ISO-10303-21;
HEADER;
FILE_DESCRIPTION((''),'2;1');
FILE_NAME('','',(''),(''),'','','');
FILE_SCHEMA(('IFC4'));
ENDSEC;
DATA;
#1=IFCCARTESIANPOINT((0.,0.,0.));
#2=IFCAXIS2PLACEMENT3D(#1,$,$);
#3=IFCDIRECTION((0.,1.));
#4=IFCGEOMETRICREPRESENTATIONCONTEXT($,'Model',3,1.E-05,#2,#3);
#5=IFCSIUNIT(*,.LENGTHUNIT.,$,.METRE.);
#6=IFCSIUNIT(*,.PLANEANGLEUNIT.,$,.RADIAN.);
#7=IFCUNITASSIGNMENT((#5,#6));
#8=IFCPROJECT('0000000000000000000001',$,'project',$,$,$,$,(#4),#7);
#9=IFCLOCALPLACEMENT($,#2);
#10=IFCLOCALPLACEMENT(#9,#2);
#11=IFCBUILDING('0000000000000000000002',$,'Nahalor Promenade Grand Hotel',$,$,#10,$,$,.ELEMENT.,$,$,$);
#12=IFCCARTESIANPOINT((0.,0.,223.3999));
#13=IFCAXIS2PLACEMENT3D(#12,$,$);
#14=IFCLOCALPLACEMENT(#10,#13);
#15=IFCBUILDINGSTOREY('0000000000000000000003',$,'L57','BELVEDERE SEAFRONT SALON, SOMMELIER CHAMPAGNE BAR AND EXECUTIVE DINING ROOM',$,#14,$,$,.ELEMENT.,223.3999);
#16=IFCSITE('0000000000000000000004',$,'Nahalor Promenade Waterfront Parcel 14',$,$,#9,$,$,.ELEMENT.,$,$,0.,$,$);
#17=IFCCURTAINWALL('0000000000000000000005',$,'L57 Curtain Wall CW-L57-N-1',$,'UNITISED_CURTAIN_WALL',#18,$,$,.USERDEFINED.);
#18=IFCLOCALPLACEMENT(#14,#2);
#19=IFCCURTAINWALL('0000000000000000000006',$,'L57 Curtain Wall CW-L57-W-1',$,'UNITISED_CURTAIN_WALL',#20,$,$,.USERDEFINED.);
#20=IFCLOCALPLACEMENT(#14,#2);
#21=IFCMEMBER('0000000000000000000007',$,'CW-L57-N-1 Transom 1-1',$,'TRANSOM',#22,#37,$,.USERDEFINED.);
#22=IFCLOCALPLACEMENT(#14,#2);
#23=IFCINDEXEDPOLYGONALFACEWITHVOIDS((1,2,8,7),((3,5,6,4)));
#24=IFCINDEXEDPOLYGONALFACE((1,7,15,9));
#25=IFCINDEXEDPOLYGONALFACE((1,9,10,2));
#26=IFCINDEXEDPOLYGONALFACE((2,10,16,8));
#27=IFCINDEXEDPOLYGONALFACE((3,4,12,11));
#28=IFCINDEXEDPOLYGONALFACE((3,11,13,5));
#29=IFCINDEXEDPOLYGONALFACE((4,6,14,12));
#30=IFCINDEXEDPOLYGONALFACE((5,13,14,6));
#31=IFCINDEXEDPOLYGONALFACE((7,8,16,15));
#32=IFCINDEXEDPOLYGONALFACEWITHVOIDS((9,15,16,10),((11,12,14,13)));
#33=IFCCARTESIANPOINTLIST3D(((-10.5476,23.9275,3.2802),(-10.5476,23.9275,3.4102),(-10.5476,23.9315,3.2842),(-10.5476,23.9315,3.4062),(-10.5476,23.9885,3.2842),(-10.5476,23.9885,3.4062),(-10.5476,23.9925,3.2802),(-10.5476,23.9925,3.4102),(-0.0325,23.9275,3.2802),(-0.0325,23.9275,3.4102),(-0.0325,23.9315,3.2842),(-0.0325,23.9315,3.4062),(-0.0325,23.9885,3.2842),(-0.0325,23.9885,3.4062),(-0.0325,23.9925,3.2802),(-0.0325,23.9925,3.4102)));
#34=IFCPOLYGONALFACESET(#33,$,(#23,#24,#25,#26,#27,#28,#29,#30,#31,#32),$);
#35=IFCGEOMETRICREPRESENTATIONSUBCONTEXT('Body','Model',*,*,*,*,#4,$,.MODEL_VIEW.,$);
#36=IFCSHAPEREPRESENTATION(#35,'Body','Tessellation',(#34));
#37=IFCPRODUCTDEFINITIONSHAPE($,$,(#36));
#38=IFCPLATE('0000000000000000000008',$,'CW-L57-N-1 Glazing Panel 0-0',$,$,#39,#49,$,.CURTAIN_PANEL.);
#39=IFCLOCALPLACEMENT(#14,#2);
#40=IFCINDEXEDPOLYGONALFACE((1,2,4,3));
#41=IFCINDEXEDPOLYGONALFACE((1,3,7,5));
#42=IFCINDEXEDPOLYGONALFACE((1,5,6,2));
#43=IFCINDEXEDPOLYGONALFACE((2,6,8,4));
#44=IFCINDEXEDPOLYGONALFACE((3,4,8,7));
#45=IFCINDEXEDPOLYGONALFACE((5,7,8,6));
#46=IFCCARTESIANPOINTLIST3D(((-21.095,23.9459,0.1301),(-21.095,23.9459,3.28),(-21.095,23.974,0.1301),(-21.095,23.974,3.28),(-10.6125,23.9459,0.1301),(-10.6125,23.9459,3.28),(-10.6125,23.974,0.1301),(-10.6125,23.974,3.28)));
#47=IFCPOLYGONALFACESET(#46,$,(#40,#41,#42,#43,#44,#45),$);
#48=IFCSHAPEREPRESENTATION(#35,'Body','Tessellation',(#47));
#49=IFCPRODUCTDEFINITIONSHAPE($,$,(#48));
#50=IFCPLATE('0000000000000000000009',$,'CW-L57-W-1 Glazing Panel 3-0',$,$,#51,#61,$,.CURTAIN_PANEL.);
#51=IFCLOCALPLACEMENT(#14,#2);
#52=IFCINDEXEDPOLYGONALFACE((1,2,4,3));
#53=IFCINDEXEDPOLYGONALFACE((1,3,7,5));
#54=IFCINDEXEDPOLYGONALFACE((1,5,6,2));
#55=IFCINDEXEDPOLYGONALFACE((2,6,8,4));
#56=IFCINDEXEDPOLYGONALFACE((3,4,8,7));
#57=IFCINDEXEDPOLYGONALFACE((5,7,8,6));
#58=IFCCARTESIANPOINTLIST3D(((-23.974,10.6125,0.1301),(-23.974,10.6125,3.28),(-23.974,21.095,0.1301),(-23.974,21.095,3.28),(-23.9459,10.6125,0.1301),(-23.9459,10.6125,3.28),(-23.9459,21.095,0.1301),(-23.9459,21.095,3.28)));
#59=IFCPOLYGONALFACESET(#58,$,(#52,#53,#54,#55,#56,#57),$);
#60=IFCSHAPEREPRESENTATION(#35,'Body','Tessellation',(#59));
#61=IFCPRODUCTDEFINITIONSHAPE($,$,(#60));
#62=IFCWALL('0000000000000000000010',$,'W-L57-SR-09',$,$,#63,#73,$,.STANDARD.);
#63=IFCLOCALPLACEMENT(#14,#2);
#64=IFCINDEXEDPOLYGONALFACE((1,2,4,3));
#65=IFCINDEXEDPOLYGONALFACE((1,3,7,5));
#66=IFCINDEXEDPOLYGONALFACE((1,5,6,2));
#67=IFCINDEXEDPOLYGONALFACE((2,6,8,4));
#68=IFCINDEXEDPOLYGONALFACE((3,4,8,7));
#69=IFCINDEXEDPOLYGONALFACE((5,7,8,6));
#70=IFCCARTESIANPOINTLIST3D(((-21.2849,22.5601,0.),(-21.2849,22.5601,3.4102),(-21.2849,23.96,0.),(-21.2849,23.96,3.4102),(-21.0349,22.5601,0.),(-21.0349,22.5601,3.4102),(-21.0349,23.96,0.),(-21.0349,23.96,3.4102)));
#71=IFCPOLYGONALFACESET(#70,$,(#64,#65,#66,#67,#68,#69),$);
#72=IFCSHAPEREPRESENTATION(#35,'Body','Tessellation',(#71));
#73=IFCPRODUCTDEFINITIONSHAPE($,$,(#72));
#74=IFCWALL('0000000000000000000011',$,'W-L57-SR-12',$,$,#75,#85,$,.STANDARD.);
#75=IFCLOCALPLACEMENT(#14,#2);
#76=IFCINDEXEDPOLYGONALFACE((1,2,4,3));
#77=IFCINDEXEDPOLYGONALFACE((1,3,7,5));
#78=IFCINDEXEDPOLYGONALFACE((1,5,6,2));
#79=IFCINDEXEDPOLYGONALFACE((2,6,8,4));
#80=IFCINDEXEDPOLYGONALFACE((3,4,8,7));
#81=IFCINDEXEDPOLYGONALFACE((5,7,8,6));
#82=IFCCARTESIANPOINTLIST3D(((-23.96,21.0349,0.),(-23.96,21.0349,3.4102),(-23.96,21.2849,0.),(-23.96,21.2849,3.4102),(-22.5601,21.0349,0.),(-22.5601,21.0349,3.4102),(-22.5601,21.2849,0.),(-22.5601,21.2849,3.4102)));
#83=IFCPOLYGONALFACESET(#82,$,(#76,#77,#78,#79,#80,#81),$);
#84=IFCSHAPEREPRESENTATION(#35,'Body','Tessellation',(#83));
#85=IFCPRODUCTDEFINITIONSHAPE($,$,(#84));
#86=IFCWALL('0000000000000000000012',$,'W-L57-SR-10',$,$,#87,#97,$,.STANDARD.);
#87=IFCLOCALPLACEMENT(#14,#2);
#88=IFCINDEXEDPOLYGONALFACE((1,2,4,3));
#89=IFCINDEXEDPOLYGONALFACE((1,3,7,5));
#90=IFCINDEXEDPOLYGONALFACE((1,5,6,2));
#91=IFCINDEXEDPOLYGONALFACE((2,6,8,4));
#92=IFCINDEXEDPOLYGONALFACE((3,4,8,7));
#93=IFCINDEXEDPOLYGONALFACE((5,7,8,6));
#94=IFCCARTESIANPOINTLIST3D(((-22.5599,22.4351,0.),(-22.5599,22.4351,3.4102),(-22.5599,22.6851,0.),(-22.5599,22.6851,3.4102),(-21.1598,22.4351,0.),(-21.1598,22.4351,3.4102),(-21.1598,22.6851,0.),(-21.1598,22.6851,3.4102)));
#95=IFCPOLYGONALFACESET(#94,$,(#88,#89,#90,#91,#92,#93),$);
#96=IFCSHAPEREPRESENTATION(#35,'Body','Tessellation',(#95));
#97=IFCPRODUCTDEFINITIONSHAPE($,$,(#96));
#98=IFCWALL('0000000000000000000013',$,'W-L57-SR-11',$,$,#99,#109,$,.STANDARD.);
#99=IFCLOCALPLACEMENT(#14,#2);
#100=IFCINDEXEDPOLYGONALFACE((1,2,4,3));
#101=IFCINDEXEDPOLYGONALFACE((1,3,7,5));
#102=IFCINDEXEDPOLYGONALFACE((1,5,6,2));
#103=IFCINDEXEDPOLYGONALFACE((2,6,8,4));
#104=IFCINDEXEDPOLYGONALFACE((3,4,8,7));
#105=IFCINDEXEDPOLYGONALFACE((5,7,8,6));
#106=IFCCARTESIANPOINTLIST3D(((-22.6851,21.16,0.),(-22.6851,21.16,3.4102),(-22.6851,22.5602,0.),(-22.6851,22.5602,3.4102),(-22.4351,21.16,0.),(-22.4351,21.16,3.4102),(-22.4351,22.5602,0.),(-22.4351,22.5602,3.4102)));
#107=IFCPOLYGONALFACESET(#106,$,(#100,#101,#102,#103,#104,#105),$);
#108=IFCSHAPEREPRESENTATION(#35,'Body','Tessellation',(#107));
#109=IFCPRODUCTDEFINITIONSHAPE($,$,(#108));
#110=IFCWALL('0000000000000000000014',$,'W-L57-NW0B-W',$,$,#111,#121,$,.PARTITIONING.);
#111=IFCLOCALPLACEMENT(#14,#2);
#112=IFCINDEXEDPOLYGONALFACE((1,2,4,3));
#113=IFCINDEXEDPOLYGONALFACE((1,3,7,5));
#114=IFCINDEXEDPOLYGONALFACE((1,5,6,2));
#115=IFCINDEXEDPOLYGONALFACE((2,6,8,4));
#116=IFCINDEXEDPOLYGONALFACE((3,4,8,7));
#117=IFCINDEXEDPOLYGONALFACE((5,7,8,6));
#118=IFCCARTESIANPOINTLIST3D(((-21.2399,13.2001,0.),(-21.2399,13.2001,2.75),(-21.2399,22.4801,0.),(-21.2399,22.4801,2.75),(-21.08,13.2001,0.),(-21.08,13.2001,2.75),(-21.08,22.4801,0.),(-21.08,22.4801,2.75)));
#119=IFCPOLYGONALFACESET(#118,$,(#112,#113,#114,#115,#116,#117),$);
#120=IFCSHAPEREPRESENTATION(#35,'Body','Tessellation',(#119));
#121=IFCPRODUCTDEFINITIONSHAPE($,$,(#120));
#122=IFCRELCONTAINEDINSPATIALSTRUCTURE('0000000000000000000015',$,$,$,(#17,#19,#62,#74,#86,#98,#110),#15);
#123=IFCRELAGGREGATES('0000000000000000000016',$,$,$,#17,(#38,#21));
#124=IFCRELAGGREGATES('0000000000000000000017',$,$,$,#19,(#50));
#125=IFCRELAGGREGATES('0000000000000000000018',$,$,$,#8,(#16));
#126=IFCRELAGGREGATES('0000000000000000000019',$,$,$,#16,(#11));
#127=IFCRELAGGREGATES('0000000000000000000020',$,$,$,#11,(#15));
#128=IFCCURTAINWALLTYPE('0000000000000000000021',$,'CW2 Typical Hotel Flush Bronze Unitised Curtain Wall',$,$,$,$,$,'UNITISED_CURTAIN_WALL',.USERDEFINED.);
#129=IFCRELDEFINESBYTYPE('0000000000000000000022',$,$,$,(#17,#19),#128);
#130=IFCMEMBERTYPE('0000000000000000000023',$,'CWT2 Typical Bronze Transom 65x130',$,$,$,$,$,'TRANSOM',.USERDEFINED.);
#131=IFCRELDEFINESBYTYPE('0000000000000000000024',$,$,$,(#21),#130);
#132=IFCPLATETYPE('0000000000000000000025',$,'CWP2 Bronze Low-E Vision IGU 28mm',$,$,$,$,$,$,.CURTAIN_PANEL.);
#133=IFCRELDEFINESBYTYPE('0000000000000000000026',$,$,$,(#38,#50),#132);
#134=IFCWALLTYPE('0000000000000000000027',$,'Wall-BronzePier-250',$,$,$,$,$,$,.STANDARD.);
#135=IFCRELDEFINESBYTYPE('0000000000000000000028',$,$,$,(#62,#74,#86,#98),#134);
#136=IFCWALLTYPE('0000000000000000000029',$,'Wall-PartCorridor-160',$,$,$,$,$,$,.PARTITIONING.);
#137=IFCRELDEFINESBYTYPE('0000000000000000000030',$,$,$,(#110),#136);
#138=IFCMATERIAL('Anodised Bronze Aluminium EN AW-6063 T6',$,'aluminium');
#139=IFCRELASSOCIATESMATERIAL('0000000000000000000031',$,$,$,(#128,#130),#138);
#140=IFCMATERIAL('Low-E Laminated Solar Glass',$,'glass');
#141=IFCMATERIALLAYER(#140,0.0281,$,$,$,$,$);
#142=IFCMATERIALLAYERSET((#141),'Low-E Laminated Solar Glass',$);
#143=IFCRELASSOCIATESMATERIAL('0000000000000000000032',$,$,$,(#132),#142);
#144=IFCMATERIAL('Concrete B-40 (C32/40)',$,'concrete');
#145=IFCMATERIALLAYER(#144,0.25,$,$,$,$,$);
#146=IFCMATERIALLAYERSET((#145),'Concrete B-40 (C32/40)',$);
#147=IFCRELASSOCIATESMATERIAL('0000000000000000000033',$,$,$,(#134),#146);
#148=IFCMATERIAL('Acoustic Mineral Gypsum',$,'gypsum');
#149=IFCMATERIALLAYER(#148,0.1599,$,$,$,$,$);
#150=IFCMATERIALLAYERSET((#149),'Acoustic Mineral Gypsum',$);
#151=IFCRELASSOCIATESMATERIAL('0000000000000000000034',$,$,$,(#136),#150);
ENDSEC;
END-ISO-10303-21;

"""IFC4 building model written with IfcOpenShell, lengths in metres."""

from ifc_helpers import new_model, si_unit, direction, frame, frame_2d, origin, origin_2d, place, context, subcontext, project, spatial, rectangle, hollow_rectangle, extrude, source, transform, mapped, material, layer, layer_set, material_profile, profile_set, type_object, element, aggregate, save


model = new_model("IFC4")

# Units and contexts
model_context = context("Model", 3, precision=1e-05, world=origin(), true_north=direction((0.0, 1.0)))
body_context = subcontext(model_context, "Body", "Model", "MODEL_VIEW")
ifc_project = project(units=[si_unit("LENGTHUNIT", "METRE"), si_unit("PLANEANGLEUNIT", "RADIAN")], contexts=[model_context])

# Site, building, storey
site_placement = place(None, origin())
site = spatial("IfcSite", under=ifc_project, at=site_placement, Name="Nahalor Promenade Waterfront Parcel 14", CompositionType="ELEMENT", RefElevation=0.0)
building_placement = place(site_placement, origin())
building = spatial("IfcBuilding", under=site, at=building_placement, Name="Nahalor Promenade Grand Hotel", CompositionType="ELEMENT")
storey_placement = place(building_placement, frame((0.0, 0.0, 223.3999)))
storey = spatial("IfcBuildingStorey", under=building, at=storey_placement, Name="L57", Description="BELVEDERE SEAFRONT SALON, SOMMELIER CHAMPAGNE BAR AND EXECUTIVE DINING ROOM", CompositionType="ELEMENT", Elevation=223.3999)

# Curtain wall
ifc_material_1 = material(Name="Anodised Bronze Aluminium EN AW-6063 T6", Category="aluminium")
curtain_wall_type = type_object("IfcCurtainWallType", Name="CW2 Typical Hotel Flush Bronze Unitised Curtain Wall", ElementType="UNITISED_CURTAIN_WALL", PredefinedType="USERDEFINED", material=ifc_material_1)
curtain_wall_1_placement = place(storey_placement, origin())
curtain_wall_1 = element("IfcCurtainWall", 1, at=curtain_wall_1_placement, inside=storey, type_object=curtain_wall_type, Name="L57 Curtain Wall CW-L57-N-1", ObjectType="UNITISED_CURTAIN_WALL", PredefinedType="USERDEFINED")

# Curtain wall
curtain_wall_2_placement = place(storey_placement, origin())
curtain_wall_2 = element("IfcCurtainWall", 2, at=curtain_wall_2_placement, inside=storey, type_object=curtain_wall_type, Name="L57 Curtain Wall CW-L57-W-1", ObjectType="UNITISED_CURTAIN_WALL", PredefinedType="USERDEFINED")

# Member
ifc_material_profile_1 = material_profile(ifc_material_1, hollow_rectangle(XDim=0.065, YDim=0.13, WallThickness=0.004, at=origin_2d()), Name="CWT 65x130x4")
ifc_profile_set_1 = profile_set([ifc_material_profile_1], Name="Anodised Bronze Aluminium EN AW-6063 T6")
member_type_1 = type_object("IfcMemberType", Name="CWT2 Typical Bronze Transom 65x130", ElementType="TRANSOM", PredefinedType="USERDEFINED", material=ifc_profile_set_1)
shared_shape_1 = source(origin(), body_context, "Body", "SweptSolid", [
    extrude(hollow_rectangle(XDim=0.065, YDim=0.13, WallThickness=0.004, at=origin_2d()), origin(), (0.0, 0.0, 1.0), 10.5151),
])
member_1_placement = place(storey_placement, frame((-10.5476, 23.96, 3.3452), z_axis=(1.0, 0.0, 0.0), x_axis=(0.0, 1.0, 0.0)))
member_1 = element("IfcMember", 3, at=member_1_placement, type_object=member_type_1, Name="CW-L57-N-1 Transom 1-1", ObjectType="TRANSOM", PredefinedType="USERDEFINED", context=body_context, shape_type="MappedRepresentation", body=[
    mapped(shared_shape_1, transform((0.0, 0.0, 0.0), scale=1.0)),
])

# Plates
ifc_material_2 = material(Name="Low-E Laminated Solar Glass", Category="glass")
ifc_layer_1 = layer(ifc_material_2, 0.0281)
ifc_layer_set_1 = layer_set([ifc_layer_1], Name="Low-E Laminated Solar Glass")
plate_type = type_object("IfcPlateType", Name="CWP2 Bronze Low-E Vision IGU 28mm", PredefinedType="CURTAIN_PANEL", material=ifc_layer_set_1)
shared_shape_2 = source(origin(), body_context, "Body", "SweptSolid", [
    extrude(rectangle(XDim=10.4824, YDim=0.0281, at=origin_2d()), origin(), (0.0, 0.0, 1.0), 3.1499),
])
plate_1_placement = place(storey_placement, frame((-15.8538, 23.96, 0.1301), z_axis=(0.0, 0.0, 1.0), x_axis=(1.0, 0.0, 0.0)))
plate_1 = element("IfcPlate", 4, at=plate_1_placement, type_object=plate_type, Name="CW-L57-N-1 Glazing Panel 0-0", PredefinedType="CURTAIN_PANEL", context=body_context, shape_type="MappedRepresentation", body=[
    mapped(shared_shape_2, transform((0.0, 0.0, 0.0), scale=1.0)),
])
aggregate(curtain_wall_1, [plate_1, member_1])
plate_2_placement = place(storey_placement, frame((-23.96, 15.8538, 0.1301), z_axis=(0.0, 0.0, 1.0), x_axis=(0.0, 1.0, 0.0)))
plate_2 = element("IfcPlate", 5, at=plate_2_placement, type_object=plate_type, Name="CW-L57-W-1 Glazing Panel 3-0", PredefinedType="CURTAIN_PANEL", context=body_context, shape_type="MappedRepresentation", body=[
    mapped(shared_shape_2, transform((0.0, 0.0, 0.0), scale=1.0)),
])
aggregate(curtain_wall_2, [plate_2])

# Walls
ifc_material_3 = material(Name="Concrete B-40 (C32/40)", Category="concrete")
ifc_layer_2 = layer(ifc_material_3, 0.25)
ifc_layer_set_2 = layer_set([ifc_layer_2], Name="Concrete B-40 (C32/40)")
wall_type_1 = type_object("IfcWallType", Name="Wall-BronzePier-250", PredefinedType="STANDARD", material=ifc_layer_set_2)
shared_shape_3 = source(origin(), body_context, "Body", "SweptSolid", [
    extrude(rectangle(XDim=1.3999, YDim=0.25, at=frame_2d((0.7, 0.0))), origin(), (0.0, 0.0, 1.0), 3.4102),
])
for number, where, z_axis, x_axis, name in (
    (6, (-21.1599, 22.5601, 0.0), (0.0, 0.0, 1.0), (0.0, 1.0, 0.0), "W-L57-SR-09"),
    (7, (-23.96, 21.1599, 0.0), (0.0, 0.0, 1.0), (1.0, 0.0, 0.0), "W-L57-SR-12"),
):
    element("IfcWall", number, at=place(storey_placement, frame(where, z_axis=z_axis, x_axis=x_axis)), inside=storey, type_object=wall_type_1, Name=name, PredefinedType="STANDARD", context=body_context, shape_type="MappedRepresentation", body=[
        mapped(shared_shape_3, transform((0.0, 0.0, 0.0), scale=1.0)),
    ])
shared_shape_4 = source(origin(), body_context, "Body", "SweptSolid", [
    extrude(rectangle(XDim=1.4001, YDim=0.25, at=frame_2d((0.7002, 0.0))), origin(), (0.0, 0.0, 1.0), 3.4102),
])
for number, where, z_axis, x_axis, name in (
    (8, (-22.5601, 22.5601, 0.0), (0.0, 0.0, 1.0), (1.0, 0.0, 0.0), "W-L57-SR-10"),
    (9, (-22.5601, 21.1599, 0.0), (0.0, 0.0, 1.0), (0.0, 1.0, 0.0), "W-L57-SR-11"),
):
    element("IfcWall", number, at=place(storey_placement, frame(where, z_axis=z_axis, x_axis=x_axis)), inside=storey, type_object=wall_type_1, Name=name, PredefinedType="STANDARD", context=body_context, shape_type="MappedRepresentation", body=[
        mapped(shared_shape_4, transform((0.0, 0.0, 0.0), scale=1.0)),
    ])
ifc_material_4 = material(Name="Acoustic Mineral Gypsum", Category="gypsum")
ifc_layer_3 = layer(ifc_material_4, 0.1599)
ifc_layer_set_3 = layer_set([ifc_layer_3], Name="Acoustic Mineral Gypsum")
wall_type_2 = type_object("IfcWallType", Name="Wall-PartCorridor-160", PredefinedType="PARTITIONING", material=ifc_layer_set_3)
shared_shape_5 = source(origin(), body_context, "Body", "SweptSolid", [
    extrude(rectangle(XDim=9.28, YDim=0.1599, at=frame_2d((4.6401, 0.0))), origin(), (0.0, 0.0, 1.0), 2.75),
])
wall_placement = place(storey_placement, frame((-21.1599, 13.2, 0.0), z_axis=(0.0, 0.0, 1.0), x_axis=(0.0, 1.0, 0.0)))
element("IfcWall", 10, at=wall_placement, inside=storey, type_object=wall_type_2, Name="W-L57-NW0B-W", PredefinedType="PARTITIONING", context=body_context, shape_type="MappedRepresentation", body=[
    mapped(shared_shape_5, transform((0.0, 0.0, 0.0), scale=1.0)),
])

save(model, "model.ifc")
